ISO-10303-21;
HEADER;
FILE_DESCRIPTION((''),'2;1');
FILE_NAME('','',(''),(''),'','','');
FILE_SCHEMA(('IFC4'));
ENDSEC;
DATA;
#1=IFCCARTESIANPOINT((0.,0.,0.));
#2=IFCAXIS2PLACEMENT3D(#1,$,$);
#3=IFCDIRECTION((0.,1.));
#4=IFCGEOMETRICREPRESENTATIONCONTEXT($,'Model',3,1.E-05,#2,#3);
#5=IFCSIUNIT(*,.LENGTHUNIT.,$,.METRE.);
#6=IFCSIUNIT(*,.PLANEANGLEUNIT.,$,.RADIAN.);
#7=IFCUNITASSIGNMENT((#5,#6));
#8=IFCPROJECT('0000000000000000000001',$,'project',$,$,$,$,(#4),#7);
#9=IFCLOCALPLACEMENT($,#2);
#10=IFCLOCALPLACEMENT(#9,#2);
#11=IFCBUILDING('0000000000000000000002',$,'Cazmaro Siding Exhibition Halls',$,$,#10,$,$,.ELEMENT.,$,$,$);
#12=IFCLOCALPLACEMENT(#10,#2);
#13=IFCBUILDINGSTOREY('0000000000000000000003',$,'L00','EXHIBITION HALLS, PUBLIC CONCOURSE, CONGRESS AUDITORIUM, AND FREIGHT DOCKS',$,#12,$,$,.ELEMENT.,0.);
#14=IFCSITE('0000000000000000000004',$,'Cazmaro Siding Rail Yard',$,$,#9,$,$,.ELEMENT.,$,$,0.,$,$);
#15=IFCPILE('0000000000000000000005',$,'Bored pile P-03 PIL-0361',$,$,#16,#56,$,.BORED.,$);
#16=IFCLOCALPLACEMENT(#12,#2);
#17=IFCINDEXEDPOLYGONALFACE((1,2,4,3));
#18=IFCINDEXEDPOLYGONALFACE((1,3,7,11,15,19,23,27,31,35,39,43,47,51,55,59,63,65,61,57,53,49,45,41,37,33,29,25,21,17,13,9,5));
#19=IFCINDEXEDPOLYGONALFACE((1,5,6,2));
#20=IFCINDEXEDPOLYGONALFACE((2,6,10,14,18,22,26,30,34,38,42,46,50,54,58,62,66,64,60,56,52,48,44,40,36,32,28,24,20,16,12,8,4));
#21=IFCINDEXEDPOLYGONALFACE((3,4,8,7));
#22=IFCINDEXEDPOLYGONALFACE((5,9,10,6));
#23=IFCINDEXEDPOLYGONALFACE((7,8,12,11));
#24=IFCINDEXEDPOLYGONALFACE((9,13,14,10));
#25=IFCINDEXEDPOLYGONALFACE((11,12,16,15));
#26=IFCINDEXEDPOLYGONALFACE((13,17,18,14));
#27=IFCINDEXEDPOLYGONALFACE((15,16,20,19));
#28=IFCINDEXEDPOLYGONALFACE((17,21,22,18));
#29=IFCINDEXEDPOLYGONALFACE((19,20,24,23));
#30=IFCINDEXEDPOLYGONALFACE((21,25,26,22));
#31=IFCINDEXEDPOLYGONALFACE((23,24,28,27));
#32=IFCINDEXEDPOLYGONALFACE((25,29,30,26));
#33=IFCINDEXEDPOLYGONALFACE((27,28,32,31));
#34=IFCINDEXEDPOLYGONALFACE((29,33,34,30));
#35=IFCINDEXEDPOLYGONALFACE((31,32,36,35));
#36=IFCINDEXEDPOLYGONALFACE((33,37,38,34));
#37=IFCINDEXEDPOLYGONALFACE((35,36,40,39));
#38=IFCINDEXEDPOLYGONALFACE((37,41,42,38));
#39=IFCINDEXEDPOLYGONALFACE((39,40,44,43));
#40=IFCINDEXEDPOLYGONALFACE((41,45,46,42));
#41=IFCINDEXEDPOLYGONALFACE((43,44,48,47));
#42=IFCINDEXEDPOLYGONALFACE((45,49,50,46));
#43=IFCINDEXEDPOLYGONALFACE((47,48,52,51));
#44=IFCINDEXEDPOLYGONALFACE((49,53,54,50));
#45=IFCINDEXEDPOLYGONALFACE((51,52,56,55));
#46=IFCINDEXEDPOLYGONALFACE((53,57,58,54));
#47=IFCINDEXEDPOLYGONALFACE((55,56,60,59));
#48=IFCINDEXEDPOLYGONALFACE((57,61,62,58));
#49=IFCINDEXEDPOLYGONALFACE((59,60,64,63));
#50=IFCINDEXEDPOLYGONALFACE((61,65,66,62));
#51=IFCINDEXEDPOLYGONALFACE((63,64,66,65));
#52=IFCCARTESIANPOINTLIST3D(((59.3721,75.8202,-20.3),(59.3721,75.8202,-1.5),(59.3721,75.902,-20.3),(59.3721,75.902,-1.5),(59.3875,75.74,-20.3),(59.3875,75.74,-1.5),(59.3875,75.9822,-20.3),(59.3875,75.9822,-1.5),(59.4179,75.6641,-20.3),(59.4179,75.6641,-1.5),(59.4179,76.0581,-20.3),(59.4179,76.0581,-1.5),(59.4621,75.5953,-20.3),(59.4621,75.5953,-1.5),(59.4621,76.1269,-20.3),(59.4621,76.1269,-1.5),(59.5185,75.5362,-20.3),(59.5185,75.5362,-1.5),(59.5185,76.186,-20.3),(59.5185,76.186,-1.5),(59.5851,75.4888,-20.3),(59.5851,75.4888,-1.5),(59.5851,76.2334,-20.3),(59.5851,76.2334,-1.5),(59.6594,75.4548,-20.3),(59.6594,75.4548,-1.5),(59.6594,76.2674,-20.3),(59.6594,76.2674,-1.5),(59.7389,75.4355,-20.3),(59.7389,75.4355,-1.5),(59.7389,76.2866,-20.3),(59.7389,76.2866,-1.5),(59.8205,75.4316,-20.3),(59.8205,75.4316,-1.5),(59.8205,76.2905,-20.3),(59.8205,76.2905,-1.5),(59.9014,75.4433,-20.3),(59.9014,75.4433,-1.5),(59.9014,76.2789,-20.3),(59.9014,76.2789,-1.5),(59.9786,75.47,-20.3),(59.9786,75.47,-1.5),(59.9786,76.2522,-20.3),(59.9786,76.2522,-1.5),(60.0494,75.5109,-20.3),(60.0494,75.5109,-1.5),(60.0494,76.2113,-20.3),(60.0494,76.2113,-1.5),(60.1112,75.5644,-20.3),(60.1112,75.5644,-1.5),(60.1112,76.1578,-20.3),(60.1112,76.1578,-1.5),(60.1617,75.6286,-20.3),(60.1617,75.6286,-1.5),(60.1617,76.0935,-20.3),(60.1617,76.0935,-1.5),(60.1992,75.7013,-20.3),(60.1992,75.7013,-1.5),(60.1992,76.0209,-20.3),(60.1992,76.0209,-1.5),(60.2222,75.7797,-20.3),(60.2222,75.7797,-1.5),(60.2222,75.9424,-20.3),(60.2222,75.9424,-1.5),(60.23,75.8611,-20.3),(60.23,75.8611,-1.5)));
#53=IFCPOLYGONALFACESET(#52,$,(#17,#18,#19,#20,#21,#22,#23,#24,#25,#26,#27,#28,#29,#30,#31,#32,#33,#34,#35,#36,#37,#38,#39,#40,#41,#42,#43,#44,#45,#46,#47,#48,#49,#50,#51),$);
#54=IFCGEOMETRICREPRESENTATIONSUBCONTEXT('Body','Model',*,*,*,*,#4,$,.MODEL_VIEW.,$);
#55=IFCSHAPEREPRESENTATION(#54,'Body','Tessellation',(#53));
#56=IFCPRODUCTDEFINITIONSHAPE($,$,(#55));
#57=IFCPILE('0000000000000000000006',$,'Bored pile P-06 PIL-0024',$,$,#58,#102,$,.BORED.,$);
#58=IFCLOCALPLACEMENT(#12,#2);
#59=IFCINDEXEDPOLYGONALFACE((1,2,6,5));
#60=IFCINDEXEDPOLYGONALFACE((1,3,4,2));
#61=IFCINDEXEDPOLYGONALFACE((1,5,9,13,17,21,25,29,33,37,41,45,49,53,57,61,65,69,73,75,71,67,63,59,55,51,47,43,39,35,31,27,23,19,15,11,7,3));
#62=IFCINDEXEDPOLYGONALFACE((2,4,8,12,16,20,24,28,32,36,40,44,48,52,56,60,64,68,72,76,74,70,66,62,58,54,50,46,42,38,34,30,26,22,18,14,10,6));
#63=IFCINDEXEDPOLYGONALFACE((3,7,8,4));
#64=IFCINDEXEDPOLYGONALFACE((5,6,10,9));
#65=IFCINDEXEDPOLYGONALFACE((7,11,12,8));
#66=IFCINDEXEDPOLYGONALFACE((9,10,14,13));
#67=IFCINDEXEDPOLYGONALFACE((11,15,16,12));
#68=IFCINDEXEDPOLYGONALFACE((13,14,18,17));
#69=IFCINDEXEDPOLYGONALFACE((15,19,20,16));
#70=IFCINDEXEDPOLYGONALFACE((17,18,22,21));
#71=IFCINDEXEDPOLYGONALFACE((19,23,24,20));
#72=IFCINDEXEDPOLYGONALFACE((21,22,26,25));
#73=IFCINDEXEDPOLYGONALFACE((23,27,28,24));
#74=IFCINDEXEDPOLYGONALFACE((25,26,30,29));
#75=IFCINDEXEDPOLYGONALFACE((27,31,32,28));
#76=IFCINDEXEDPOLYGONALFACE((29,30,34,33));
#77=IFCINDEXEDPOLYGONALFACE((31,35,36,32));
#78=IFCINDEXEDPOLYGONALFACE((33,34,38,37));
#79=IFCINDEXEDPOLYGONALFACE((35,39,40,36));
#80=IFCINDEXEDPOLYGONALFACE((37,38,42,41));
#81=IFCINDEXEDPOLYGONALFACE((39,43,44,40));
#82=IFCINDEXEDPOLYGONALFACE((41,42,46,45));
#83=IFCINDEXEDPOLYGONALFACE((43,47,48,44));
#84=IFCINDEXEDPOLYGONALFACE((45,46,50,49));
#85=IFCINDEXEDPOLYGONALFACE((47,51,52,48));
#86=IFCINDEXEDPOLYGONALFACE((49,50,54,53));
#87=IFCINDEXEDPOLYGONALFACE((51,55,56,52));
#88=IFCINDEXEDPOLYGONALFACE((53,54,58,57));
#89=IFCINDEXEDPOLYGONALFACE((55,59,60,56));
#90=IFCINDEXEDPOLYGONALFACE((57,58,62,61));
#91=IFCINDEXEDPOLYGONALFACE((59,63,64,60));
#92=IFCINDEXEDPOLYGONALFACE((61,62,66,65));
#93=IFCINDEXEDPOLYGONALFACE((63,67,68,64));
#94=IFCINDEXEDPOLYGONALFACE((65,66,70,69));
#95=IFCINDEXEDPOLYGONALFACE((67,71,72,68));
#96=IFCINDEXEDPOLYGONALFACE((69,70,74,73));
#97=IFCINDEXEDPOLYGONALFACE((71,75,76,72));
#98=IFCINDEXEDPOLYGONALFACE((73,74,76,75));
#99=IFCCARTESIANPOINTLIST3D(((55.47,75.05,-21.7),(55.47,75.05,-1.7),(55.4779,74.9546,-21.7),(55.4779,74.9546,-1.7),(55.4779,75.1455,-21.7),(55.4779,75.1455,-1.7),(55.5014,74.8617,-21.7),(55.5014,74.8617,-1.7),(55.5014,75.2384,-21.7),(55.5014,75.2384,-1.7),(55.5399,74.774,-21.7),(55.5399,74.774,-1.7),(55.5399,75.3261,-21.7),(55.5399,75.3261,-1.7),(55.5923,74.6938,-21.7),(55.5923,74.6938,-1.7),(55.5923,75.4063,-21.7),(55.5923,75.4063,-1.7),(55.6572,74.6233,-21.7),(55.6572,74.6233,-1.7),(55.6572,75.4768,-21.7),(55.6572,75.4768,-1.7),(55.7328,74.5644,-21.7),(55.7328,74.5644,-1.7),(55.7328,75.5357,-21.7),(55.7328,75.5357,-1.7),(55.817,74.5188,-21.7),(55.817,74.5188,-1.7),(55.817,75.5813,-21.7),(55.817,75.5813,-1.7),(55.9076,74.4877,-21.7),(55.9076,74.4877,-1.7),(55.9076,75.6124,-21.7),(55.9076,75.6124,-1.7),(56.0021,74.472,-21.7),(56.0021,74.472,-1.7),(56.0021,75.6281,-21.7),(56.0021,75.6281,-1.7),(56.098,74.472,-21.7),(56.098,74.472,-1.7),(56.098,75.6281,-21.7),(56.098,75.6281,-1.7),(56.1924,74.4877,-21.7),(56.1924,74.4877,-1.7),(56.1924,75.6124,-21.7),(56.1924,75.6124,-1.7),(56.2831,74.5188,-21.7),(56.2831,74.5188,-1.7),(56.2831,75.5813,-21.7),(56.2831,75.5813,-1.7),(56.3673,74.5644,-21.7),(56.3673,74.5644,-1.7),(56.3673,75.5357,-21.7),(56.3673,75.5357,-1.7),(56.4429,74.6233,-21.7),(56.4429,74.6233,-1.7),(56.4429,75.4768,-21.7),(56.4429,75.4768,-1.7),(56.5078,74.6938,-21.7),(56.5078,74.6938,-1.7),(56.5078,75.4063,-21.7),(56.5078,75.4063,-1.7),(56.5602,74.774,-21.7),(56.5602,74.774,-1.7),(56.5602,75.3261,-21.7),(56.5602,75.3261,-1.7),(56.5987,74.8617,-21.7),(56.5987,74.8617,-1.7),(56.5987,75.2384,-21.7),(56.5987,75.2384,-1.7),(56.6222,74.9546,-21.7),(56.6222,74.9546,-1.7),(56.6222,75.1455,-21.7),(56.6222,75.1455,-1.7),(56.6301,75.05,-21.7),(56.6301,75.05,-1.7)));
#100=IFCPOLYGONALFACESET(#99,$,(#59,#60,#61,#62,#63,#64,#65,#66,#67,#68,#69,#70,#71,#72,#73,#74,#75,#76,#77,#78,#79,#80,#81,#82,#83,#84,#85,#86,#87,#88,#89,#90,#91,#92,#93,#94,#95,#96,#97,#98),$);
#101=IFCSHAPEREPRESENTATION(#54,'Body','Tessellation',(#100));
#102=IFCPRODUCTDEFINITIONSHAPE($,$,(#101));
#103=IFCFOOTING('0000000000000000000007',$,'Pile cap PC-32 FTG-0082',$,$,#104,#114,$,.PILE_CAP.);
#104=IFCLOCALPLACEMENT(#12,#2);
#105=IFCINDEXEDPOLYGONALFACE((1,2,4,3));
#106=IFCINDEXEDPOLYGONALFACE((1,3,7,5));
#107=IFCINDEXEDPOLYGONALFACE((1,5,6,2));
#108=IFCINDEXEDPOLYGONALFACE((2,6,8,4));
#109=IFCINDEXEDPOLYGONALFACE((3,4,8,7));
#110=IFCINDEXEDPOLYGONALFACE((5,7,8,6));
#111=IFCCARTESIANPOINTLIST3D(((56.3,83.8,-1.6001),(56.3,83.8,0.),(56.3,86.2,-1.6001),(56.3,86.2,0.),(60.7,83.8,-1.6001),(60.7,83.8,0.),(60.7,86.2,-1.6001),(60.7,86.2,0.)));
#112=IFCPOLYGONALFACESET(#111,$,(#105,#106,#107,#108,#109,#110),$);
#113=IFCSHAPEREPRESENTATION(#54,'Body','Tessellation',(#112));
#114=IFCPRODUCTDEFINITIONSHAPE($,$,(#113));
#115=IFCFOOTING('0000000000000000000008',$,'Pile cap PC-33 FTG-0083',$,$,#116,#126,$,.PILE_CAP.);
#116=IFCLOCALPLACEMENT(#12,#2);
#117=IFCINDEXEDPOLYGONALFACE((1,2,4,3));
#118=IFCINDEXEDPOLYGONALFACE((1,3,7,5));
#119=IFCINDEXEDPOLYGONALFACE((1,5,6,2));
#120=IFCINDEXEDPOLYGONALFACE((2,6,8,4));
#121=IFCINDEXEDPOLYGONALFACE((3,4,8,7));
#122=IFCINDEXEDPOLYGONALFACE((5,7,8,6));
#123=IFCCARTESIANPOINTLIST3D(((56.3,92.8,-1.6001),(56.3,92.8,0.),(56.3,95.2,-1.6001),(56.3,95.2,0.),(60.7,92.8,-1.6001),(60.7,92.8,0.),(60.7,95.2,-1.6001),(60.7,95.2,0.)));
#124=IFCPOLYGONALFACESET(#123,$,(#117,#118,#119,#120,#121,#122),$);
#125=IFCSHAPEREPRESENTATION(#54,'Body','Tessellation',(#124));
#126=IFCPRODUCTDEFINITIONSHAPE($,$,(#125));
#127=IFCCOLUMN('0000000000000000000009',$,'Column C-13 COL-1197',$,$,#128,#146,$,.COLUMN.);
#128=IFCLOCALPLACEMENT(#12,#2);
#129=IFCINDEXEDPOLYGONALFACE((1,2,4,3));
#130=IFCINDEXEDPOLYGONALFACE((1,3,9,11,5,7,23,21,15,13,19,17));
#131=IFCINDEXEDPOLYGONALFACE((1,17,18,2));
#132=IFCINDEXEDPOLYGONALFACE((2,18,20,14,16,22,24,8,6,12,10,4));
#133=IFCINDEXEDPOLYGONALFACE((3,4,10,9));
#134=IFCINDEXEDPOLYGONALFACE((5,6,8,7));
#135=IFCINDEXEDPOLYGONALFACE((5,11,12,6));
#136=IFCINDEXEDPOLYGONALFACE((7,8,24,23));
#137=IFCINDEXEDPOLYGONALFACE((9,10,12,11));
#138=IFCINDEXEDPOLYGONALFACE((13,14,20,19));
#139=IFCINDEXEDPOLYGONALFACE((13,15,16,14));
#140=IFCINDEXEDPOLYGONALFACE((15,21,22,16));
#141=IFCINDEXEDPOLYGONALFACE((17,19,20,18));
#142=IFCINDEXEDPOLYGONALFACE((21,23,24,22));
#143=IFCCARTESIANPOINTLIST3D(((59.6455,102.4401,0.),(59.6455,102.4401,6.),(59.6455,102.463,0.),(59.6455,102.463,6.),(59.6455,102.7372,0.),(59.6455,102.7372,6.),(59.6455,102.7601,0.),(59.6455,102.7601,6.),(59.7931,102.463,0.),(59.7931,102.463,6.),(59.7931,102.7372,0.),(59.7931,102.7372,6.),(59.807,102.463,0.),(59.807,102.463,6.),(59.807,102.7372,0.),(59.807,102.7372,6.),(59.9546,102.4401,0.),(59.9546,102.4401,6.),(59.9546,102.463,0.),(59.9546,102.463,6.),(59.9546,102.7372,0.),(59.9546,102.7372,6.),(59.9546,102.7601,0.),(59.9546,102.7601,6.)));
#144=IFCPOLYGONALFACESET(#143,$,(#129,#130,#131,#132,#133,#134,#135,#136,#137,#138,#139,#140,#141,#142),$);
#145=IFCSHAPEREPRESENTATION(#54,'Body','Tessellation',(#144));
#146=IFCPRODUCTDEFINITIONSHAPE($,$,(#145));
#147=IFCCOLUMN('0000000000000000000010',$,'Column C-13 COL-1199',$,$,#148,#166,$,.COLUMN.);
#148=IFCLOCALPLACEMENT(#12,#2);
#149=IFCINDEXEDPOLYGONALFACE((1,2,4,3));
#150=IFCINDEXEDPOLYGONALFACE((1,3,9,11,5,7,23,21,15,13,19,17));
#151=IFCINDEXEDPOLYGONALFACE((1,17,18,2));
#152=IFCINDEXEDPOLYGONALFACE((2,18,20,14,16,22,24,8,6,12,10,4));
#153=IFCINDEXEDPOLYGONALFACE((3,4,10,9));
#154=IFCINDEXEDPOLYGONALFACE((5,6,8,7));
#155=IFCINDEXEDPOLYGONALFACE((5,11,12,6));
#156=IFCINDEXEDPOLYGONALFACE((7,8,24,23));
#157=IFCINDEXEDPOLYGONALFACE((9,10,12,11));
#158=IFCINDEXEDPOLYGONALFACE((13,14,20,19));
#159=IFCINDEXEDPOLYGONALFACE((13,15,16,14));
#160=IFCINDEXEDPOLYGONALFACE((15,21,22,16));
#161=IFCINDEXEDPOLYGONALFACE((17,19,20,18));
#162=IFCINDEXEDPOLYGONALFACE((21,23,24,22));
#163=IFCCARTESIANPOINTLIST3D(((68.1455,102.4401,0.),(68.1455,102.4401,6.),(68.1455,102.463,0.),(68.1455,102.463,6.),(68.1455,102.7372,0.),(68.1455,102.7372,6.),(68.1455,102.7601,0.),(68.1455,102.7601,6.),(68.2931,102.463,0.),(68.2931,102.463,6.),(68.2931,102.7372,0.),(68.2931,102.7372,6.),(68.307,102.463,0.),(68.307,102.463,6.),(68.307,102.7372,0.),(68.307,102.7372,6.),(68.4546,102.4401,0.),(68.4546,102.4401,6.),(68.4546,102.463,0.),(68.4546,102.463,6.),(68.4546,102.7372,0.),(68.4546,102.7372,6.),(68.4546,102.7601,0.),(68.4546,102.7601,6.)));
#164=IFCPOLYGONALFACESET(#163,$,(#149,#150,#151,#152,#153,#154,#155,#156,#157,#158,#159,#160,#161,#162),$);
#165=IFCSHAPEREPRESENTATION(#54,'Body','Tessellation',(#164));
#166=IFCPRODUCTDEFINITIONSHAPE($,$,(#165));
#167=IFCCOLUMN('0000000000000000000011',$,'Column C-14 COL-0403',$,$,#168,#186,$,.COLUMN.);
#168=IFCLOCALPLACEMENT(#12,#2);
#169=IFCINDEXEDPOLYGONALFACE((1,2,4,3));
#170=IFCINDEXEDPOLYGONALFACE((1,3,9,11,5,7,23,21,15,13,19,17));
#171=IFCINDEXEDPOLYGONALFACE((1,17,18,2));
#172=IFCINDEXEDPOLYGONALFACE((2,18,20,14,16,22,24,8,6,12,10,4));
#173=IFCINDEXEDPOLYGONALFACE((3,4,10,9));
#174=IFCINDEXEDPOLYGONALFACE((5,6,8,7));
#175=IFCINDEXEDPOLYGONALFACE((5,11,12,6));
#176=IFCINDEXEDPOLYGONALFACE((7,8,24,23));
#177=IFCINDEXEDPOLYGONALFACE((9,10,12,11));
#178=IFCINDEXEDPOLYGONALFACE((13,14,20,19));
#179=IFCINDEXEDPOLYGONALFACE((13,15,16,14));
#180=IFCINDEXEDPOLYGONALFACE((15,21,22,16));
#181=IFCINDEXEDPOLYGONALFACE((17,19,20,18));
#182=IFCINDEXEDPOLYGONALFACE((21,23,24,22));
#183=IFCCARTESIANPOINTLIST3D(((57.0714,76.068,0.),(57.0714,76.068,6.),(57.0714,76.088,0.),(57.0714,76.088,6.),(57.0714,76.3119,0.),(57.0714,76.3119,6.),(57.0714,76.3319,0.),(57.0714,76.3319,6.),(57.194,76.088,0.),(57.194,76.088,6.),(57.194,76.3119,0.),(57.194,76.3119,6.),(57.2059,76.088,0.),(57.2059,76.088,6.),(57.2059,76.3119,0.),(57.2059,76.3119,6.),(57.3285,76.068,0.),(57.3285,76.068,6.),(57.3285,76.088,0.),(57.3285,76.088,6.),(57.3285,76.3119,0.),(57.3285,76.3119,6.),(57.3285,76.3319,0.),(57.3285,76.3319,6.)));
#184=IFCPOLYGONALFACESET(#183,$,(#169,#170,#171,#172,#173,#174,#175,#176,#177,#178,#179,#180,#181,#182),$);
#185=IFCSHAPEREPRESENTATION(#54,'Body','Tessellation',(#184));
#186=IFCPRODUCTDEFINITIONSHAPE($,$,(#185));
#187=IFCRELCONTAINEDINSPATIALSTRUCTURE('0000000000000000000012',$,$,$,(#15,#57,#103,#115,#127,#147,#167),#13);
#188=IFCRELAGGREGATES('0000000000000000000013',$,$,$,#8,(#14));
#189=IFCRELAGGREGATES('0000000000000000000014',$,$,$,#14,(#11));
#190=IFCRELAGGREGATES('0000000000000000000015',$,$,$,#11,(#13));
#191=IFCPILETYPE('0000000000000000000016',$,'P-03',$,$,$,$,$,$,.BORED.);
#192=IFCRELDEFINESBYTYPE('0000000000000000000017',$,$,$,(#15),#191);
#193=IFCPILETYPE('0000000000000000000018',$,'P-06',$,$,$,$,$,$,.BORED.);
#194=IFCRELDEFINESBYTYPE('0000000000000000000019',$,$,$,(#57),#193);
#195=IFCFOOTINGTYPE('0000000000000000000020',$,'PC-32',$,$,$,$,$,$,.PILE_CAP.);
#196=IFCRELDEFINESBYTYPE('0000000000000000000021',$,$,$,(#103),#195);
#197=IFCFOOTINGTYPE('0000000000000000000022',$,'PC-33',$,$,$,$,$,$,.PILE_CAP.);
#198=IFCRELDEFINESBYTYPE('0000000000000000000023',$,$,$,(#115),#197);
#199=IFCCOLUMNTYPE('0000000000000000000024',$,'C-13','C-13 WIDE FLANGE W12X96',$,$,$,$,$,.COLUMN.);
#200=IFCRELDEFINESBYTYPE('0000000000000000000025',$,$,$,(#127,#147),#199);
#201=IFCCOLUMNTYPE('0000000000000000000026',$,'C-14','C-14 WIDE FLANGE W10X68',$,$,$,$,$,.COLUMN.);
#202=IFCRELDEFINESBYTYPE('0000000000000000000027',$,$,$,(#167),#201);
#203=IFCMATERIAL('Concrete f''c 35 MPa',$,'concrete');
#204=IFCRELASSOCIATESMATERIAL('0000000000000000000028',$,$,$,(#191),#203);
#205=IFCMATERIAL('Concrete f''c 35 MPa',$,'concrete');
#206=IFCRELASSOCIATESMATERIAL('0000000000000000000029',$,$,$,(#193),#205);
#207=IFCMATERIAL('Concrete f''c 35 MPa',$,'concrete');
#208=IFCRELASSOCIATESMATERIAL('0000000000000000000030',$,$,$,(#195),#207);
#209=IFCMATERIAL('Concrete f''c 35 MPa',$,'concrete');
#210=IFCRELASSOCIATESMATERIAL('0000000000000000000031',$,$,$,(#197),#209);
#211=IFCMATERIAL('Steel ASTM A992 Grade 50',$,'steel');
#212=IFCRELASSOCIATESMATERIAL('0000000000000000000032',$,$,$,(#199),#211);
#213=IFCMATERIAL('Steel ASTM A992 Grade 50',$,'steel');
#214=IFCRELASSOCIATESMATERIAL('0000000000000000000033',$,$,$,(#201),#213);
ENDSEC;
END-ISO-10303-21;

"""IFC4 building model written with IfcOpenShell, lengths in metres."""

from ifc_helpers import new_model, si_unit, direction, frame, origin, origin_2d, place, context, subcontext, project, spatial, rectangle, circle, i_section, extrude, material, material_profile, profile_set, type_object, element, save


model = new_model("IFC4")

# Units and contexts
model_context = context("Model", 3, precision=1e-05, world=origin(), true_north=direction((0.0, 1.0)))
body_context = subcontext(model_context, "Body", "Model", "MODEL_VIEW")
ifc_project = project(units=[si_unit("LENGTHUNIT", "METRE"), si_unit("PLANEANGLEUNIT", "RADIAN")], contexts=[model_context])

# Site, building, storey
site_placement = place(None, origin())
site = spatial("IfcSite", under=ifc_project, at=site_placement, Name="Cazmaro Siding Rail Yard", CompositionType="ELEMENT", RefElevation=0.0)
building_placement = place(site_placement, origin())
building = spatial("IfcBuilding", under=site, at=building_placement, Name="Cazmaro Siding Exhibition Halls", CompositionType="ELEMENT")
storey_placement = place(building_placement, origin())
storey = spatial("IfcBuildingStorey", under=building, at=storey_placement, Name="L00", Description="EXHIBITION HALLS, PUBLIC CONCOURSE, CONGRESS AUDITORIUM, AND FREIGHT DOCKS", CompositionType="ELEMENT", Elevation=0.0)

# Piles
ifc_material_1 = material(Name="Concrete f'c 35 MPa", Category="concrete")
ifc_material_profile_1 = material_profile(ifc_material_1, circle(Radius=0.4299, at=origin_2d()), Name="CIDH-860")
ifc_profile_set_1 = profile_set([ifc_material_profile_1], Name="Concrete f'c 35 MPa")
pile_type_1 = type_object("IfcPileType", Name="P-03", PredefinedType="BORED", material=ifc_profile_set_1)
for number, where, z_axis, x_axis, name in (
    (1, (59.8, 75.8611, -1.5), (0.0, 0.0, -1.0), (1.0, 0.0, 0.0), "Bored pile P-03 PIL-0361"),
):
    element("IfcPile", number, at=place(storey_placement, frame(where, z_axis=z_axis, x_axis=x_axis)), inside=storey, type_object=pile_type_1, Name=name, PredefinedType="BORED", context=body_context, shape_type="SweptSolid", body=[
        extrude(circle(Radius=0.4299, at=origin_2d()), origin(), (0.0, 0.0, 1.0), 18.8),
    ])
ifc_material_2 = material(Name="Concrete f'c 35 MPa", Category="concrete")
ifc_material_profile_2 = material_profile(ifc_material_2, circle(Radius=0.5801, at=origin_2d()), Name="CIDH-1160")
ifc_profile_set_2 = profile_set([ifc_material_profile_2], Name="Concrete f'c 35 MPa")
pile_type_2 = type_object("IfcPileType", Name="P-06", PredefinedType="BORED", material=ifc_profile_set_2)
pile_placement = place(storey_placement, frame((56.05, 75.05, -1.7), z_axis=(0.0, 0.0, -1.0), x_axis=(1.0, 0.0, 0.0)))
element("IfcPile", 2, at=pile_placement, inside=storey, type_object=pile_type_2, Name="Bored pile P-06 PIL-0024", PredefinedType="BORED", context=body_context, shape_type="SweptSolid", body=[
    extrude(circle(Radius=0.5801, at=origin_2d()), origin(), (0.0, 0.0, 1.0), 20.0),
])

# Footings
ifc_material_3 = material(Name="Concrete f'c 35 MPa", Category="concrete")
footing_type_1 = type_object("IfcFootingType", Name="PC-32", PredefinedType="PILE_CAP", material=ifc_material_3)
footing_1_placement = place(storey_placement, frame((58.5, 85.0, -1.6001), z_axis=(0.0, 0.0, 1.0), x_axis=(1.0, 0.0, 0.0)))
element("IfcFooting", 3, at=footing_1_placement, inside=storey, type_object=footing_type_1, Name="Pile cap PC-32 FTG-0082", PredefinedType="PILE_CAP", context=body_context, shape_type="SweptSolid", body=[
    extrude(rectangle(XDim=4.3999, YDim=2.3999, at=origin_2d()), origin(), (0.0, 0.0, 1.0), 1.6001),
])
ifc_material_4 = material(Name="Concrete f'c 35 MPa", Category="concrete")
footing_type_2 = type_object("IfcFootingType", Name="PC-33", PredefinedType="PILE_CAP", material=ifc_material_4)
footing_2_placement = place(storey_placement, frame((58.5, 94.0, -1.6001), z_axis=(0.0, 0.0, 1.0), x_axis=(1.0, 0.0, 0.0)))
element("IfcFooting", 4, at=footing_2_placement, inside=storey, type_object=footing_type_2, Name="Pile cap PC-33 FTG-0083", PredefinedType="PILE_CAP", context=body_context, shape_type="SweptSolid", body=[
    extrude(rectangle(XDim=4.3999, YDim=2.3999, at=origin_2d()), origin(), (0.0, 0.0, 1.0), 1.6001),
])

# Columns
ifc_material_5 = material(Name="Steel ASTM A992 Grade 50", Category="steel")
ifc_material_profile_3 = material_profile(ifc_material_5, i_section(OverallWidth=0.3091, OverallDepth=0.3201, WebThickness=0.0139, FlangeThickness=0.0229, at=origin_2d()), Name="W12X96")
ifc_profile_set_3 = profile_set([ifc_material_profile_3], Name="Steel ASTM A992 Grade 50")
column_type_1 = type_object("IfcColumnType", Name="C-13", Description="C-13 WIDE FLANGE W12X96", PredefinedType="COLUMN", material=ifc_profile_set_3)
for number, where, z_axis, x_axis, name in (
    (5, (59.8, 102.6001, 0.0), (0.0, 0.0, 1.0), (1.0, 0.0, 0.0), "Column C-13 COL-1197"),
    (6, (68.3, 102.6001, 0.0), (0.0, 0.0, 1.0), (1.0, 0.0, 0.0), "Column C-13 COL-1199"),
):
    element("IfcColumn", number, at=place(storey_placement, frame(where, z_axis=z_axis, x_axis=x_axis)), inside=storey, type_object=column_type_1, Name=name, PredefinedType="COLUMN", context=body_context, shape_type="SweptSolid", body=[
        extrude(i_section(OverallWidth=0.3091, OverallDepth=0.3201, WebThickness=0.0139, FlangeThickness=0.0229, at=origin_2d()), origin(), (0.0, 0.0, 1.0), 6.0),
    ])
ifc_material_6 = material(Name="Steel ASTM A992 Grade 50", Category="steel")
ifc_material_profile_4 = material_profile(ifc_material_6, i_section(OverallWidth=0.2571, OverallDepth=0.2639, WebThickness=0.012, FlangeThickness=0.02, at=origin_2d()), Name="W10X68")
ifc_profile_set_4 = profile_set([ifc_material_profile_4], Name="Steel ASTM A992 Grade 50")
column_type_2 = type_object("IfcColumnType", Name="C-14", Description="C-14 WIDE FLANGE W10X68", PredefinedType="COLUMN", material=ifc_profile_set_4)
for number, where, z_axis, x_axis, name in (
    (7, (57.2, 76.2, 0.0), (0.0, 0.0, 1.0), (1.0, 0.0, 0.0), "Column C-14 COL-0403"),
):
    element("IfcColumn", number, at=place(storey_placement, frame(where, z_axis=z_axis, x_axis=x_axis)), inside=storey, type_object=column_type_2, Name=name, PredefinedType="COLUMN", context=body_context, shape_type="SweptSolid", body=[
        extrude(i_section(OverallWidth=0.2571, OverallDepth=0.2639, WebThickness=0.012, FlangeThickness=0.02, at=origin_2d()), origin(), (0.0, 0.0, 1.0), 6.0),
    ])

save(model, "model.ifc")
